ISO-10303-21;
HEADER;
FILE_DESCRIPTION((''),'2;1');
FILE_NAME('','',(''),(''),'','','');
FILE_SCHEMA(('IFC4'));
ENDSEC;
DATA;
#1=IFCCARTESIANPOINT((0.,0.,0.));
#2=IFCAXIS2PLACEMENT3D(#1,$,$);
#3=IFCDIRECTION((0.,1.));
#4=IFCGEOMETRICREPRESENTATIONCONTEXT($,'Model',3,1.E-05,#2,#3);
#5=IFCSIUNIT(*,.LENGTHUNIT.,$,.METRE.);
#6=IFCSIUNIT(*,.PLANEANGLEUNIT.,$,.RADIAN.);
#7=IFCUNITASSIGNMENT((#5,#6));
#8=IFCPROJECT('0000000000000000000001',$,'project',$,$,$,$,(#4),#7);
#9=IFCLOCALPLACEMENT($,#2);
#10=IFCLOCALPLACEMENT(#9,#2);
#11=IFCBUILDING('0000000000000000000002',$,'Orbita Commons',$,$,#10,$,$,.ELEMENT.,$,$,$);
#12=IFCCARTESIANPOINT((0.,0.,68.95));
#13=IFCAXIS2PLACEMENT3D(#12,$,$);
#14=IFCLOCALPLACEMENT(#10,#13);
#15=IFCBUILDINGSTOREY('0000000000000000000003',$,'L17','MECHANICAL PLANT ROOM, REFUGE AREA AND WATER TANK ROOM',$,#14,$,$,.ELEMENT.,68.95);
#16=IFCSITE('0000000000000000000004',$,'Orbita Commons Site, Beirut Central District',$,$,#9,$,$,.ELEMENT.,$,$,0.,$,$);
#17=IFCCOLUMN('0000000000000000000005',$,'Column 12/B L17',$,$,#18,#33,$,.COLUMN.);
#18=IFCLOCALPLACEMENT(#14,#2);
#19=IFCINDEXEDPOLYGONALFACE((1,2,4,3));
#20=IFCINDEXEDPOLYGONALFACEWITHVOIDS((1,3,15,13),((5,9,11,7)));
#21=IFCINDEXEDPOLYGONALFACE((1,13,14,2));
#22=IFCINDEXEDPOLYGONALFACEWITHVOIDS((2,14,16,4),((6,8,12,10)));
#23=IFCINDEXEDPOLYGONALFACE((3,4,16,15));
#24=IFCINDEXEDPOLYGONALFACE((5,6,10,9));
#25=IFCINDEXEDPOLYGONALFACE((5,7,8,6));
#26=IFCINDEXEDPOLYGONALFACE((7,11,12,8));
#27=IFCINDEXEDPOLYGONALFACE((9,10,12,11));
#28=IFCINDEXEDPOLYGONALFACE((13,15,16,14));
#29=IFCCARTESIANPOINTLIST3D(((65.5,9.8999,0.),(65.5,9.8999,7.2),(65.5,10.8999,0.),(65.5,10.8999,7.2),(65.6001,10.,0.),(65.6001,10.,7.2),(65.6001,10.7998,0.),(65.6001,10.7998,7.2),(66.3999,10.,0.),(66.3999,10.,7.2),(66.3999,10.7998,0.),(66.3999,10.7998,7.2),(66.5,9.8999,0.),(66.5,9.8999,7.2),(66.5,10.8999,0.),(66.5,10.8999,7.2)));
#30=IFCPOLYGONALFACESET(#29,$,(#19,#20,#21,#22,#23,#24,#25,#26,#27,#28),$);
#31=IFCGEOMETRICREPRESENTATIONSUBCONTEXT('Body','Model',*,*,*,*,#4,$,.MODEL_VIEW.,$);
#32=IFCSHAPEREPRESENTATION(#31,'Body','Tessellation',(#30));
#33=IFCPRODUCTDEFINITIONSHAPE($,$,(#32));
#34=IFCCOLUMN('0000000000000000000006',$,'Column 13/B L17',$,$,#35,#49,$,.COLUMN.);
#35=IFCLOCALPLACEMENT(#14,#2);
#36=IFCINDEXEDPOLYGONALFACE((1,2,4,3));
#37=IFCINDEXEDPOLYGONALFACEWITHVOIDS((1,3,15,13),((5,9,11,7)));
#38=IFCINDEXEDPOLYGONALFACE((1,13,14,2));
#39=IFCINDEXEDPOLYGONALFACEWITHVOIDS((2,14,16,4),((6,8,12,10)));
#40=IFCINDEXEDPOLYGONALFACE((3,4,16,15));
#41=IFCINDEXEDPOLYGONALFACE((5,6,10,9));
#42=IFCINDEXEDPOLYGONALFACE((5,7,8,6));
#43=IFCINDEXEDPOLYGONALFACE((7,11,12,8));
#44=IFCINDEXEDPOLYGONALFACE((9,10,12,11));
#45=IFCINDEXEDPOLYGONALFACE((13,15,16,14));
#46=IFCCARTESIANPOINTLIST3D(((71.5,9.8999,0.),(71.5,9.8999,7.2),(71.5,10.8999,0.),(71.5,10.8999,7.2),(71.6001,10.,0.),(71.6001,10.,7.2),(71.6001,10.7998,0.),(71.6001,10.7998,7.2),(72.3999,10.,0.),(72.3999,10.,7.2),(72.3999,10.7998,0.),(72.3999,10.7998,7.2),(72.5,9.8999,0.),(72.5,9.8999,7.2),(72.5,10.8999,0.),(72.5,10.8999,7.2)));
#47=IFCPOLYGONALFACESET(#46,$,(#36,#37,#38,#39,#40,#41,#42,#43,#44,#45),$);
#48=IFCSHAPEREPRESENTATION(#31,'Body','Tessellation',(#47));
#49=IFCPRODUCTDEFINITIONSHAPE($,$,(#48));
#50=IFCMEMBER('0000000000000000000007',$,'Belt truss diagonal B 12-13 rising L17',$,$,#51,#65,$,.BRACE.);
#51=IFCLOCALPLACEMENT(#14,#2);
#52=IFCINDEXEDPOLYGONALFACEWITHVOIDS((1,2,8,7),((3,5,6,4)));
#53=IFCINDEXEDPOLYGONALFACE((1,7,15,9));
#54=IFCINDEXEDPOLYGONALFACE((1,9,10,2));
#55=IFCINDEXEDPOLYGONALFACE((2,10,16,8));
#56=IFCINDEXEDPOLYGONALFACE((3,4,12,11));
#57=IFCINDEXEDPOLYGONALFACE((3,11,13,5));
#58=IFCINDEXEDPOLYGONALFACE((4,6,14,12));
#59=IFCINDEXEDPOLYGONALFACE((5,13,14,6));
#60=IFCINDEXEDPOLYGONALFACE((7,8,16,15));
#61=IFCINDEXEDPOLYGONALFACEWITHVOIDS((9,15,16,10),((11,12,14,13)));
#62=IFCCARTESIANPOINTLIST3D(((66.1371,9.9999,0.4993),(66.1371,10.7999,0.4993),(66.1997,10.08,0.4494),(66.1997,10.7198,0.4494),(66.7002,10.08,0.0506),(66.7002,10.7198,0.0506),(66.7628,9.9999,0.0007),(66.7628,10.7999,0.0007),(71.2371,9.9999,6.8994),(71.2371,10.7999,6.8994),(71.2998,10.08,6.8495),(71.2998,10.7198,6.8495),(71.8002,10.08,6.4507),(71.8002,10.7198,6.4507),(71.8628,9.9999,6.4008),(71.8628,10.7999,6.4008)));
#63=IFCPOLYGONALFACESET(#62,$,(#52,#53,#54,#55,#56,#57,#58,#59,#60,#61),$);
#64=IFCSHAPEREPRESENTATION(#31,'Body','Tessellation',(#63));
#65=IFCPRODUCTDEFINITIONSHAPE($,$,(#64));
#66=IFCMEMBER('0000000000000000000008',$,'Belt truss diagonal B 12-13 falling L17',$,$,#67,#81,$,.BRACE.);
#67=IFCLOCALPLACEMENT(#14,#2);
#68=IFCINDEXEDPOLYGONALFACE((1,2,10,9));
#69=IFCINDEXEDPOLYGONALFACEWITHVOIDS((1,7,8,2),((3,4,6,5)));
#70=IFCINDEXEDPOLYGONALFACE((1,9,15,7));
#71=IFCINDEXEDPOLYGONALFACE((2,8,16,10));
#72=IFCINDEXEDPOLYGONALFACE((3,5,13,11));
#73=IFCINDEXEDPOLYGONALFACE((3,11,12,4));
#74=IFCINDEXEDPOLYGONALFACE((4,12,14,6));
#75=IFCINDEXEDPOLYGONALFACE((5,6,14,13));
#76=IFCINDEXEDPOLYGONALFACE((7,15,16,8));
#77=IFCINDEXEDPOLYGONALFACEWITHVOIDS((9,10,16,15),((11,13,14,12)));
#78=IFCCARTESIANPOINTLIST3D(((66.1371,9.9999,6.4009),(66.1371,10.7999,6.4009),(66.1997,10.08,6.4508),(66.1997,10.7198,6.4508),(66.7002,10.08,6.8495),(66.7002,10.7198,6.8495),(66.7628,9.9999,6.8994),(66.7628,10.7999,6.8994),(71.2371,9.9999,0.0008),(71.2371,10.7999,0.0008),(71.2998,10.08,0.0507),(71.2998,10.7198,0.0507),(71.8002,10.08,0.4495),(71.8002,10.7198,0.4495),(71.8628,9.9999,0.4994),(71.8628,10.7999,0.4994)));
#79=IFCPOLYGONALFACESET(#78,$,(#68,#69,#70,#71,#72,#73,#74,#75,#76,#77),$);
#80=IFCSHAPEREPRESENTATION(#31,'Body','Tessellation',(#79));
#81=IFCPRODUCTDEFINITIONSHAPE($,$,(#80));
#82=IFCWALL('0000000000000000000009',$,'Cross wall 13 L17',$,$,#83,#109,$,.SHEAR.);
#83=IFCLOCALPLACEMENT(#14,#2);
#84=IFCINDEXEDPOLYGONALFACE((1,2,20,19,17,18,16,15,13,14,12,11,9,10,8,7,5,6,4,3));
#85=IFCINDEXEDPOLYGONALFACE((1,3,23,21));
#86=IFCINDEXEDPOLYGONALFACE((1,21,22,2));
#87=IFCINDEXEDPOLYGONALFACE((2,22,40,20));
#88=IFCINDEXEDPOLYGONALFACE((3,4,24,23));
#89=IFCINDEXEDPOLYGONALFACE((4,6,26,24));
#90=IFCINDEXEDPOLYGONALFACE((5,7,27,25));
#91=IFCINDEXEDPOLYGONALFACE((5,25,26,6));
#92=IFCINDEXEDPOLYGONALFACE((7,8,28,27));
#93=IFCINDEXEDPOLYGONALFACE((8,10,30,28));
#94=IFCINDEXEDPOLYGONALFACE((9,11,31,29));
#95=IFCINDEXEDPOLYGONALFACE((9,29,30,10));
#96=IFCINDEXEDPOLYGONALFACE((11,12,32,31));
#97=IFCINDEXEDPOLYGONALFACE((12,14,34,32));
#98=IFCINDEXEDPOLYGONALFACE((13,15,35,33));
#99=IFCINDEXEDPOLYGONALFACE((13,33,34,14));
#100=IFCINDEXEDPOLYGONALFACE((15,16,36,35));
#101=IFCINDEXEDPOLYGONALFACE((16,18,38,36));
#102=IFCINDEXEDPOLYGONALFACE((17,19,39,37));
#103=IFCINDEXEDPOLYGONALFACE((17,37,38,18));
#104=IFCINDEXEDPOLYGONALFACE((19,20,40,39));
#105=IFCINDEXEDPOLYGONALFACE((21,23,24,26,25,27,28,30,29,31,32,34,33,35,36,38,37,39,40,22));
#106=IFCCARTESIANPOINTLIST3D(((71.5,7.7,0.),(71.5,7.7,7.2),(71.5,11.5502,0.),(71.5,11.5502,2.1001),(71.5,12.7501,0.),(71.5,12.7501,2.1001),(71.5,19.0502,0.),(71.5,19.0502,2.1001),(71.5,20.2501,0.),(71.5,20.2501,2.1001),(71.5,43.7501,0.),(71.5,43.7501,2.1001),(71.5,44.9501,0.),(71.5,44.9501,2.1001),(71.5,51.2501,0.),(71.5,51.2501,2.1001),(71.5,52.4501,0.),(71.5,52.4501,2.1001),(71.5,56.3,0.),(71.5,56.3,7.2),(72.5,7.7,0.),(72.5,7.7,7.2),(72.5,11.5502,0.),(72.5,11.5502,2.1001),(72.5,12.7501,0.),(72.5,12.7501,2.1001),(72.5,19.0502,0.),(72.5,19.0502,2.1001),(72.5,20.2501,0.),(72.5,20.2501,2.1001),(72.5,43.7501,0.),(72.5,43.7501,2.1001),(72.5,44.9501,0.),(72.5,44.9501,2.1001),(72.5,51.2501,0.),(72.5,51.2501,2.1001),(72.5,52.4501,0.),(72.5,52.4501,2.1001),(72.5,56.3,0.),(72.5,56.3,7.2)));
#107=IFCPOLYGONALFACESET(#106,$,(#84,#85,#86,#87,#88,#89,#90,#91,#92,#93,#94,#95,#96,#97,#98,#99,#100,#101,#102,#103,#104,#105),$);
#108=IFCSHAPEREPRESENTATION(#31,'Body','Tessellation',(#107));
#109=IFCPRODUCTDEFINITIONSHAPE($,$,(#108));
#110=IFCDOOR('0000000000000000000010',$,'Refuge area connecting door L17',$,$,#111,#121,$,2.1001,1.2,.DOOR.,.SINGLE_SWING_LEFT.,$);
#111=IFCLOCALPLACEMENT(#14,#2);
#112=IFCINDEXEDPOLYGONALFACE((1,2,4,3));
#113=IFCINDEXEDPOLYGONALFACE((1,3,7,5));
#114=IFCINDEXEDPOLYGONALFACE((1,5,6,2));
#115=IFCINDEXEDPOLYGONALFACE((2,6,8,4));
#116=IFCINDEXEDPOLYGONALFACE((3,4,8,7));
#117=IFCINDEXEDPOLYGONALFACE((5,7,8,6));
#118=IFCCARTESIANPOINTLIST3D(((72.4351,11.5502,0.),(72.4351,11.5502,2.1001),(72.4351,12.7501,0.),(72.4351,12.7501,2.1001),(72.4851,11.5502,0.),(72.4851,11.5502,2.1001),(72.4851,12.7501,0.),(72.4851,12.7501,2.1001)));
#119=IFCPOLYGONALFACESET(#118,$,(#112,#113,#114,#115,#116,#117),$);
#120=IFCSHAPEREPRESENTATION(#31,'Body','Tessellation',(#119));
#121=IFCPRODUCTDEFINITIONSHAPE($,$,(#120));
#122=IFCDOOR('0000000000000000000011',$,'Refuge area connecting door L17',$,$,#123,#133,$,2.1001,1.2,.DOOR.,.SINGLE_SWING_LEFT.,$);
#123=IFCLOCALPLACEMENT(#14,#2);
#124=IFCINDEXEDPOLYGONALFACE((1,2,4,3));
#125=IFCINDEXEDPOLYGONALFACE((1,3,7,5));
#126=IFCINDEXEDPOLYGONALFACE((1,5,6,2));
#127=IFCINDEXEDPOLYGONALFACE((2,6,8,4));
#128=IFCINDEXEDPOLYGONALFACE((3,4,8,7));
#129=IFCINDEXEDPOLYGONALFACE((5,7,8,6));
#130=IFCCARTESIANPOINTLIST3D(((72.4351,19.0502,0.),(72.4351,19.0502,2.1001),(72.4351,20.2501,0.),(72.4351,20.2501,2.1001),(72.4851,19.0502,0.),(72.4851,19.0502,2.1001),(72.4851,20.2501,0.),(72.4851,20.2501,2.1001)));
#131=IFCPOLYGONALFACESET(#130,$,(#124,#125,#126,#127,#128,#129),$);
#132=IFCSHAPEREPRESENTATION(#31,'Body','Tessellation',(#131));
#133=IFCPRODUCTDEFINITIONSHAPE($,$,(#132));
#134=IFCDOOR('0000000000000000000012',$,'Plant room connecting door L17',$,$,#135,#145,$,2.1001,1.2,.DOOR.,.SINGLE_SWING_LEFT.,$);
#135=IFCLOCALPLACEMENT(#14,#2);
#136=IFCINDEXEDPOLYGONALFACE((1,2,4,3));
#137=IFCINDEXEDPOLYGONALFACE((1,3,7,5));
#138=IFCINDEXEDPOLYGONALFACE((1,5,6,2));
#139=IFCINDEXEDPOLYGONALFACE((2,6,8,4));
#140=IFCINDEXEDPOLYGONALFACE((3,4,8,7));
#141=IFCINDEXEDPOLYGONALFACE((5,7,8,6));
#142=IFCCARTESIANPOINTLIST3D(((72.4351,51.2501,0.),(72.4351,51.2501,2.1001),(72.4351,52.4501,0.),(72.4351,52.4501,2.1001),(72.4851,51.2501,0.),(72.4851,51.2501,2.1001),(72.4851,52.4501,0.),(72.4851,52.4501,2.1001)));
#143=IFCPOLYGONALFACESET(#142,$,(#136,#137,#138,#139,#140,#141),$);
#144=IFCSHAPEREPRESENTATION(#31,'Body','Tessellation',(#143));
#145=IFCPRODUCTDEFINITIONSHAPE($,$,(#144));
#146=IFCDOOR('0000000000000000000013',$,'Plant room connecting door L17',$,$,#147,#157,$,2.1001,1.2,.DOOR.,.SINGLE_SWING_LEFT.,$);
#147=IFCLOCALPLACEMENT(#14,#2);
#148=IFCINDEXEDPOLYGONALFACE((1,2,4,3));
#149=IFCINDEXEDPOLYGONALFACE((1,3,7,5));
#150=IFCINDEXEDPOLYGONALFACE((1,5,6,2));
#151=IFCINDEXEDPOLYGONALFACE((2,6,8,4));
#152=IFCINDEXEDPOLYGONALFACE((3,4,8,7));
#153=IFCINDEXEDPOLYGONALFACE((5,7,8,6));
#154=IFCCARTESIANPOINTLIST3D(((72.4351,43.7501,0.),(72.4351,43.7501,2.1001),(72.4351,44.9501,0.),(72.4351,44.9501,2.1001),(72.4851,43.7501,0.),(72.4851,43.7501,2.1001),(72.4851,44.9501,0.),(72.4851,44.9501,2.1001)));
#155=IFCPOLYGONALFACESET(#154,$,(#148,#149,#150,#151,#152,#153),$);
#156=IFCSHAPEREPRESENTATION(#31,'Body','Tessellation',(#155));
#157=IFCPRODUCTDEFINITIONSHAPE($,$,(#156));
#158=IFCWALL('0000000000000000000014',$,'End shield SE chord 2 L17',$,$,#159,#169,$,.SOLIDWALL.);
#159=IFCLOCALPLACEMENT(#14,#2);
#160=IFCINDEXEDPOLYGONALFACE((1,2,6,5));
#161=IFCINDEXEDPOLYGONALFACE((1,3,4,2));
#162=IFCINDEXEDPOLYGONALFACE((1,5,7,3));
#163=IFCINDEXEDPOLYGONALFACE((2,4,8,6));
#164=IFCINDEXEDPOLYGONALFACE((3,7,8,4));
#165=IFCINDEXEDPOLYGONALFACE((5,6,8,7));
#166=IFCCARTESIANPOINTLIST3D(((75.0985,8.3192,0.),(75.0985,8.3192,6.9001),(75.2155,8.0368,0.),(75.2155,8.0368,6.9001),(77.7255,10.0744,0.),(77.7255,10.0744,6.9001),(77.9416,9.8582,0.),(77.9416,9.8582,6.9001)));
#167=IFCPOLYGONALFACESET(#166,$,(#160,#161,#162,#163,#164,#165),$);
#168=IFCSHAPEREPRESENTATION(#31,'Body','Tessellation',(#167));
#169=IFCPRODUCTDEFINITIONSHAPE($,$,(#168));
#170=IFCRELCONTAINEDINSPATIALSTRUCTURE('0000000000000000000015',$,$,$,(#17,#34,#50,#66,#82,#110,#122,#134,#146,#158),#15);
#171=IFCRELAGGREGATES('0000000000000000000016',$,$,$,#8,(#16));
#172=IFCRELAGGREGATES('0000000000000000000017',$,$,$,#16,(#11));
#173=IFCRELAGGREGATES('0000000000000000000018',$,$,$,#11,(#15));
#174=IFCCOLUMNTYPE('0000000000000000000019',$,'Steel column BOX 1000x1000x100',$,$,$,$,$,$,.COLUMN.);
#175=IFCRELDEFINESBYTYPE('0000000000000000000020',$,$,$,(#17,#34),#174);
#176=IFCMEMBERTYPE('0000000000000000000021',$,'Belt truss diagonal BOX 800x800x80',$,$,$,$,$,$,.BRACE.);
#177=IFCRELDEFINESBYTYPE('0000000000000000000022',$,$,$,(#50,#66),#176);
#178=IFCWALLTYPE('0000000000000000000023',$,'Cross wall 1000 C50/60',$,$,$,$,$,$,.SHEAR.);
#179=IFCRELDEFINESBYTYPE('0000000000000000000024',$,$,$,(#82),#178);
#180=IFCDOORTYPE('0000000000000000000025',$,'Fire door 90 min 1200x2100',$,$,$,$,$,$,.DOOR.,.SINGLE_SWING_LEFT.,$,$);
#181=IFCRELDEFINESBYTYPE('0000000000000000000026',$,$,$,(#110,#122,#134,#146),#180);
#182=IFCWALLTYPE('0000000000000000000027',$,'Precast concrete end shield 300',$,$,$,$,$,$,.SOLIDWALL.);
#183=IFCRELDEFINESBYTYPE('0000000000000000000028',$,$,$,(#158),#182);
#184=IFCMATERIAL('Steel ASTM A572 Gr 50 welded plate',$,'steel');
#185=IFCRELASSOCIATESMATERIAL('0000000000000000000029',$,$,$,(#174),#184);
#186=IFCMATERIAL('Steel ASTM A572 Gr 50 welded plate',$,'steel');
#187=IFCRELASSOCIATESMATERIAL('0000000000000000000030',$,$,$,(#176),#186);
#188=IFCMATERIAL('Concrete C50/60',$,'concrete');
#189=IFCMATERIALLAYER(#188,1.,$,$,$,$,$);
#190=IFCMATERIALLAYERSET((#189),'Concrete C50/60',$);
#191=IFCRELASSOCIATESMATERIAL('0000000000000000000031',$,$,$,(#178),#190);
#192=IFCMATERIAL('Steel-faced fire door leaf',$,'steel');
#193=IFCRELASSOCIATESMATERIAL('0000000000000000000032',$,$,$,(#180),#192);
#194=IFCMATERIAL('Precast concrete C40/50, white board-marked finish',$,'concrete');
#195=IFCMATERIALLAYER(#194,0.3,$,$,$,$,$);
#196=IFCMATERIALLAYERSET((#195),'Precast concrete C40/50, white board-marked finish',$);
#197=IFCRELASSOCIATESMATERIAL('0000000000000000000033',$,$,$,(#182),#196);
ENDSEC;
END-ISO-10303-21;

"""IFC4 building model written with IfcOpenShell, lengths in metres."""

from ifc_helpers import new_model, si_unit, direction, frame, frame_2d, origin, origin_2d, place, context, subcontext, project, spatial, polyline, rectangle, hollow_rectangle, outline, extrude, material, layer, layer_set, material_profile, profile_set, type_object, element, fill, save


model = new_model("IFC4")

# Units and contexts
model_context = context("Model", 3, precision=1e-05, world=origin(), true_north=direction((0.0, 1.0)))
body_context = subcontext(model_context, "Body", "Model", "MODEL_VIEW")
ifc_project = project(units=[si_unit("LENGTHUNIT", "METRE"), si_unit("PLANEANGLEUNIT", "RADIAN")], contexts=[model_context])

# Site, building, storey
site_placement = place(None, origin())
site = spatial("IfcSite", under=ifc_project, at=site_placement, Name="Orbita Commons Site, Beirut Central District", CompositionType="ELEMENT", RefElevation=0.0)
building_placement = place(site_placement, origin())
building = spatial("IfcBuilding", under=site, at=building_placement, Name="Orbita Commons", CompositionType="ELEMENT")
storey_placement = place(building_placement, frame((0.0, 0.0, 68.95)))
storey = spatial("IfcBuildingStorey", under=building, at=storey_placement, Name="L17", Description="MECHANICAL PLANT ROOM, REFUGE AREA AND WATER TANK ROOM", CompositionType="ELEMENT", Elevation=68.95)

# Columns
ifc_material_1 = material(Name="Steel ASTM A572 Gr 50 welded plate", Category="steel")
ifc_material_profile_1 = material_profile(ifc_material_1, hollow_rectangle(XDim=1.0, YDim=1.0, WallThickness=0.1001, at=origin_2d()), Name="BOX 1000x1000x100")
ifc_profile_set_1 = profile_set([ifc_material_profile_1], Name="Steel ASTM A572 Gr 50 welded plate")
column_type = type_object("IfcColumnType", Name="Steel column BOX 1000x1000x100", PredefinedType="COLUMN", material=ifc_profile_set_1)
for number, where, z_axis, x_axis, name in (
    (1, (66.0, 10.3999, 0.0), (0.0, 0.0, 1.0), (1.0, 0.0, 0.0), "Column 12/B L17"),
    (2, (72.0, 10.3999, 0.0), (0.0, 0.0, 1.0), (1.0, 0.0, 0.0), "Column 13/B L17"),
):
    element("IfcColumn", number, at=place(storey_placement, frame(where, z_axis=z_axis, x_axis=x_axis)), inside=storey, type_object=column_type, Name=name, PredefinedType="COLUMN", context=body_context, shape_type="SweptSolid", body=[
        extrude(hollow_rectangle(XDim=1.0, YDim=1.0, WallThickness=0.1001, at=origin_2d()), origin(), (0.0, 0.0, 1.0), 7.2),
    ])

# Members
ifc_material_2 = material(Name="Steel ASTM A572 Gr 50 welded plate", Category="steel")
ifc_material_profile_2 = material_profile(ifc_material_2, hollow_rectangle(XDim=0.8, YDim=0.8, WallThickness=0.0801, at=origin_2d()), Name="BOX 800x800x80")
ifc_profile_set_2 = profile_set([ifc_material_profile_2], Name="Steel ASTM A572 Gr 50 welded plate")
member_type = type_object("IfcMemberType", Name="Belt truss diagonal BOX 800x800x80", PredefinedType="BRACE", material=ifc_profile_set_2)
for number, where, z_axis, x_axis, name in (
    (3, (66.45, 10.3999, 0.25), (0.623202, 0.0, 0.782061), (0.0, 1.0, 0.0), "Belt truss diagonal B 12-13 rising L17"),
    (4, (66.45, 10.3999, 6.6501), (0.623202, 0.0, -0.782061), (0.0, 1.0, 0.0), "Belt truss diagonal B 12-13 falling L17"),
):
    element("IfcMember", number, at=place(storey_placement, frame(where, z_axis=z_axis, x_axis=x_axis)), inside=storey, type_object=member_type, Name=name, PredefinedType="BRACE", context=body_context, shape_type="SweptSolid", body=[
        extrude(hollow_rectangle(XDim=0.8, YDim=0.8, WallThickness=0.0801, at=origin_2d()), origin(), (0.0, 0.0, 1.0), 8.1836),
    ])

# Wall, openings, doors
ifc_material_3 = material(Name="Concrete C50/60", Category="concrete")
ifc_layer_1 = layer(ifc_material_3, 1.0)
ifc_layer_set_1 = layer_set([ifc_layer_1], Name="Concrete C50/60")
wall_type_1 = type_object("IfcWallType", Name="Cross wall 1000 C50/60", PredefinedType="SHEAR", material=ifc_layer_set_1)
wall_1_placement = place(storey_placement, frame((72.0, 7.7, 0.0), z_axis=(0.0, 0.0, 1.0), x_axis=(0.0, 1.0, 0.0)))
wall_1 = element("IfcWall", 5, at=wall_1_placement, inside=storey, type_object=wall_type_1, Name="Cross wall 13 L17", PredefinedType="SHEAR", context=body_context, shape_type="SweptSolid", body=[
    extrude(rectangle(XDim=48.6001, YDim=1.0, at=frame_2d((24.3, 0.0))), origin(), (0.0, 0.0, 1.0), 7.2),
])
opening_1_placement = place(wall_1_placement, frame((3.8501, 0.0, 0.0)))
opening_1 = element("IfcOpeningElement", 6, at=opening_1_placement, cuts=wall_1, PredefinedType="OPENING", context=body_context, shape_type="SweptSolid", body=[
    extrude(rectangle(XDim=1.2, YDim=2.1001, at=frame_2d((0.6001, 1.05))), frame((0.0, 0.51, 0.0), z_axis=(0.0, -1.0, 0.0), x_axis=(1.0, 0.0, 0.0)), (0.0, 0.0, 1.0), 1.02),
])
opening_2_placement = place(wall_1_placement, frame((11.3501, 0.0, 0.0)))
opening_2 = element("IfcOpeningElement", 7, at=opening_2_placement, cuts=wall_1, PredefinedType="OPENING", context=body_context, shape_type="SweptSolid", body=[
    extrude(rectangle(XDim=1.2, YDim=2.1001, at=frame_2d((0.6001, 1.05))), frame((0.0, 0.51, 0.0), z_axis=(0.0, -1.0, 0.0), x_axis=(1.0, 0.0, 0.0)), (0.0, 0.0, 1.0), 1.02),
])
opening_3_placement = place(wall_1_placement, frame((43.55, 0.0, 0.0)))
opening_3 = element("IfcOpeningElement", 8, at=opening_3_placement, cuts=wall_1, PredefinedType="OPENING", context=body_context, shape_type="SweptSolid", body=[
    extrude(rectangle(XDim=1.2, YDim=2.1001, at=frame_2d((0.6001, 1.05))), frame((0.0, 0.51, 0.0), z_axis=(0.0, -1.0, 0.0), x_axis=(1.0, 0.0, 0.0)), (0.0, 0.0, 1.0), 1.02),
])
opening_4_placement = place(wall_1_placement, frame((36.05, 0.0, 0.0)))
opening_4 = element("IfcOpeningElement", 9, at=opening_4_placement, cuts=wall_1, PredefinedType="OPENING", context=body_context, shape_type="SweptSolid", body=[
    extrude(rectangle(XDim=1.2, YDim=2.1001, at=frame_2d((0.6001, 1.05))), frame((0.0, 0.51, 0.0), z_axis=(0.0, -1.0, 0.0), x_axis=(1.0, 0.0, 0.0)), (0.0, 0.0, 1.0), 1.02),
])
ifc_material_4 = material(Name="Steel-faced fire door leaf", Category="steel")
door_type = type_object("IfcDoorType", Name="Fire door 90 min 1200x2100", OperationType="SINGLE_SWING_LEFT", PredefinedType="DOOR", material=ifc_material_4)
door_1_placement = place(opening_1_placement, origin())
door_1 = element("IfcDoor", 10, at=door_1_placement, inside=storey, type_object=door_type, Name="Refuge area connecting door L17", OperationType="SINGLE_SWING_LEFT", OverallHeight=2.1001, OverallWidth=1.2, PredefinedType="DOOR", context=body_context, shape_type="SweptSolid", body=[
    extrude(rectangle(XDim=1.2, YDim=2.1001, at=frame_2d((0.6001, 1.05))), frame((0.0, -0.4351, 0.0), z_axis=(0.0, -1.0, 0.0), x_axis=(1.0, 0.0, 0.0)), (0.0, 0.0, 1.0), 0.05),
])
fill(opening_1, door_1)
door_2_placement = place(opening_2_placement, origin())
door_2 = element("IfcDoor", 11, at=door_2_placement, inside=storey, type_object=door_type, Name="Refuge area connecting door L17", OperationType="SINGLE_SWING_LEFT", OverallHeight=2.1001, OverallWidth=1.2, PredefinedType="DOOR", context=body_context, shape_type="SweptSolid", body=[
    extrude(rectangle(XDim=1.2, YDim=2.1001, at=frame_2d((0.6001, 1.05))), frame((0.0, -0.4351, 0.0), z_axis=(0.0, -1.0, 0.0), x_axis=(1.0, 0.0, 0.0)), (0.0, 0.0, 1.0), 0.05),
])
fill(opening_2, door_2)
door_3_placement = place(opening_3_placement, origin())
door_3 = element("IfcDoor", 12, at=door_3_placement, inside=storey, type_object=door_type, Name="Plant room connecting door L17", OperationType="SINGLE_SWING_LEFT", OverallHeight=2.1001, OverallWidth=1.2, PredefinedType="DOOR", context=body_context, shape_type="SweptSolid", body=[
    extrude(rectangle(XDim=1.2, YDim=2.1001, at=frame_2d((0.6001, 1.05))), frame((0.0, -0.4351, 0.0), z_axis=(0.0, -1.0, 0.0), x_axis=(1.0, 0.0, 0.0)), (0.0, 0.0, 1.0), 0.05),
])
fill(opening_3, door_3)
door_4_placement = place(opening_4_placement, origin())
door_4 = element("IfcDoor", 13, at=door_4_placement, inside=storey, type_object=door_type, Name="Plant room connecting door L17", OperationType="SINGLE_SWING_LEFT", OverallHeight=2.1001, OverallWidth=1.2, PredefinedType="DOOR", context=body_context, shape_type="SweptSolid", body=[
    extrude(rectangle(XDim=1.2, YDim=2.1001, at=frame_2d((0.6001, 1.05))), frame((0.0, -0.4351, 0.0), z_axis=(0.0, -1.0, 0.0), x_axis=(1.0, 0.0, 0.0)), (0.0, 0.0, 1.0), 0.05),
])
fill(opening_4, door_4)

# Wall
ifc_material_5 = material(Name="Precast concrete C40/50, white board-marked finish", Category="concrete")
ifc_layer_2 = layer(ifc_material_5, 0.3)
ifc_layer_set_2 = layer_set([ifc_layer_2], Name="Precast concrete C40/50, white board-marked finish")
wall_type_2 = type_object("IfcWallType", Name="Precast concrete end shield 300", PredefinedType="SOLIDWALL", material=ifc_layer_set_2)
wall_2_placement = place(storey_placement, frame((75.157, 8.178, 0.0), z_axis=(0.0, 0.0, 1.0), x_axis=(0.831478, 0.555558, 0.0)))
element("IfcWall", 14, at=wall_2_placement, inside=storey, type_object=wall_type_2, Name="End shield SE chord 2 L17", PredefinedType="SOLIDWALL", context=body_context, shape_type="SweptSolid", body=[
    extrude(outline(polyline([(-0.0298, -0.1499), (3.2488, -0.1499), (3.1892, 0.1499), (0.0298, 0.1499), (-0.0298, -0.1499)])), origin(), (0.0, 0.0, 1.0), 6.9001),
])

save(model, "model.ifc")
